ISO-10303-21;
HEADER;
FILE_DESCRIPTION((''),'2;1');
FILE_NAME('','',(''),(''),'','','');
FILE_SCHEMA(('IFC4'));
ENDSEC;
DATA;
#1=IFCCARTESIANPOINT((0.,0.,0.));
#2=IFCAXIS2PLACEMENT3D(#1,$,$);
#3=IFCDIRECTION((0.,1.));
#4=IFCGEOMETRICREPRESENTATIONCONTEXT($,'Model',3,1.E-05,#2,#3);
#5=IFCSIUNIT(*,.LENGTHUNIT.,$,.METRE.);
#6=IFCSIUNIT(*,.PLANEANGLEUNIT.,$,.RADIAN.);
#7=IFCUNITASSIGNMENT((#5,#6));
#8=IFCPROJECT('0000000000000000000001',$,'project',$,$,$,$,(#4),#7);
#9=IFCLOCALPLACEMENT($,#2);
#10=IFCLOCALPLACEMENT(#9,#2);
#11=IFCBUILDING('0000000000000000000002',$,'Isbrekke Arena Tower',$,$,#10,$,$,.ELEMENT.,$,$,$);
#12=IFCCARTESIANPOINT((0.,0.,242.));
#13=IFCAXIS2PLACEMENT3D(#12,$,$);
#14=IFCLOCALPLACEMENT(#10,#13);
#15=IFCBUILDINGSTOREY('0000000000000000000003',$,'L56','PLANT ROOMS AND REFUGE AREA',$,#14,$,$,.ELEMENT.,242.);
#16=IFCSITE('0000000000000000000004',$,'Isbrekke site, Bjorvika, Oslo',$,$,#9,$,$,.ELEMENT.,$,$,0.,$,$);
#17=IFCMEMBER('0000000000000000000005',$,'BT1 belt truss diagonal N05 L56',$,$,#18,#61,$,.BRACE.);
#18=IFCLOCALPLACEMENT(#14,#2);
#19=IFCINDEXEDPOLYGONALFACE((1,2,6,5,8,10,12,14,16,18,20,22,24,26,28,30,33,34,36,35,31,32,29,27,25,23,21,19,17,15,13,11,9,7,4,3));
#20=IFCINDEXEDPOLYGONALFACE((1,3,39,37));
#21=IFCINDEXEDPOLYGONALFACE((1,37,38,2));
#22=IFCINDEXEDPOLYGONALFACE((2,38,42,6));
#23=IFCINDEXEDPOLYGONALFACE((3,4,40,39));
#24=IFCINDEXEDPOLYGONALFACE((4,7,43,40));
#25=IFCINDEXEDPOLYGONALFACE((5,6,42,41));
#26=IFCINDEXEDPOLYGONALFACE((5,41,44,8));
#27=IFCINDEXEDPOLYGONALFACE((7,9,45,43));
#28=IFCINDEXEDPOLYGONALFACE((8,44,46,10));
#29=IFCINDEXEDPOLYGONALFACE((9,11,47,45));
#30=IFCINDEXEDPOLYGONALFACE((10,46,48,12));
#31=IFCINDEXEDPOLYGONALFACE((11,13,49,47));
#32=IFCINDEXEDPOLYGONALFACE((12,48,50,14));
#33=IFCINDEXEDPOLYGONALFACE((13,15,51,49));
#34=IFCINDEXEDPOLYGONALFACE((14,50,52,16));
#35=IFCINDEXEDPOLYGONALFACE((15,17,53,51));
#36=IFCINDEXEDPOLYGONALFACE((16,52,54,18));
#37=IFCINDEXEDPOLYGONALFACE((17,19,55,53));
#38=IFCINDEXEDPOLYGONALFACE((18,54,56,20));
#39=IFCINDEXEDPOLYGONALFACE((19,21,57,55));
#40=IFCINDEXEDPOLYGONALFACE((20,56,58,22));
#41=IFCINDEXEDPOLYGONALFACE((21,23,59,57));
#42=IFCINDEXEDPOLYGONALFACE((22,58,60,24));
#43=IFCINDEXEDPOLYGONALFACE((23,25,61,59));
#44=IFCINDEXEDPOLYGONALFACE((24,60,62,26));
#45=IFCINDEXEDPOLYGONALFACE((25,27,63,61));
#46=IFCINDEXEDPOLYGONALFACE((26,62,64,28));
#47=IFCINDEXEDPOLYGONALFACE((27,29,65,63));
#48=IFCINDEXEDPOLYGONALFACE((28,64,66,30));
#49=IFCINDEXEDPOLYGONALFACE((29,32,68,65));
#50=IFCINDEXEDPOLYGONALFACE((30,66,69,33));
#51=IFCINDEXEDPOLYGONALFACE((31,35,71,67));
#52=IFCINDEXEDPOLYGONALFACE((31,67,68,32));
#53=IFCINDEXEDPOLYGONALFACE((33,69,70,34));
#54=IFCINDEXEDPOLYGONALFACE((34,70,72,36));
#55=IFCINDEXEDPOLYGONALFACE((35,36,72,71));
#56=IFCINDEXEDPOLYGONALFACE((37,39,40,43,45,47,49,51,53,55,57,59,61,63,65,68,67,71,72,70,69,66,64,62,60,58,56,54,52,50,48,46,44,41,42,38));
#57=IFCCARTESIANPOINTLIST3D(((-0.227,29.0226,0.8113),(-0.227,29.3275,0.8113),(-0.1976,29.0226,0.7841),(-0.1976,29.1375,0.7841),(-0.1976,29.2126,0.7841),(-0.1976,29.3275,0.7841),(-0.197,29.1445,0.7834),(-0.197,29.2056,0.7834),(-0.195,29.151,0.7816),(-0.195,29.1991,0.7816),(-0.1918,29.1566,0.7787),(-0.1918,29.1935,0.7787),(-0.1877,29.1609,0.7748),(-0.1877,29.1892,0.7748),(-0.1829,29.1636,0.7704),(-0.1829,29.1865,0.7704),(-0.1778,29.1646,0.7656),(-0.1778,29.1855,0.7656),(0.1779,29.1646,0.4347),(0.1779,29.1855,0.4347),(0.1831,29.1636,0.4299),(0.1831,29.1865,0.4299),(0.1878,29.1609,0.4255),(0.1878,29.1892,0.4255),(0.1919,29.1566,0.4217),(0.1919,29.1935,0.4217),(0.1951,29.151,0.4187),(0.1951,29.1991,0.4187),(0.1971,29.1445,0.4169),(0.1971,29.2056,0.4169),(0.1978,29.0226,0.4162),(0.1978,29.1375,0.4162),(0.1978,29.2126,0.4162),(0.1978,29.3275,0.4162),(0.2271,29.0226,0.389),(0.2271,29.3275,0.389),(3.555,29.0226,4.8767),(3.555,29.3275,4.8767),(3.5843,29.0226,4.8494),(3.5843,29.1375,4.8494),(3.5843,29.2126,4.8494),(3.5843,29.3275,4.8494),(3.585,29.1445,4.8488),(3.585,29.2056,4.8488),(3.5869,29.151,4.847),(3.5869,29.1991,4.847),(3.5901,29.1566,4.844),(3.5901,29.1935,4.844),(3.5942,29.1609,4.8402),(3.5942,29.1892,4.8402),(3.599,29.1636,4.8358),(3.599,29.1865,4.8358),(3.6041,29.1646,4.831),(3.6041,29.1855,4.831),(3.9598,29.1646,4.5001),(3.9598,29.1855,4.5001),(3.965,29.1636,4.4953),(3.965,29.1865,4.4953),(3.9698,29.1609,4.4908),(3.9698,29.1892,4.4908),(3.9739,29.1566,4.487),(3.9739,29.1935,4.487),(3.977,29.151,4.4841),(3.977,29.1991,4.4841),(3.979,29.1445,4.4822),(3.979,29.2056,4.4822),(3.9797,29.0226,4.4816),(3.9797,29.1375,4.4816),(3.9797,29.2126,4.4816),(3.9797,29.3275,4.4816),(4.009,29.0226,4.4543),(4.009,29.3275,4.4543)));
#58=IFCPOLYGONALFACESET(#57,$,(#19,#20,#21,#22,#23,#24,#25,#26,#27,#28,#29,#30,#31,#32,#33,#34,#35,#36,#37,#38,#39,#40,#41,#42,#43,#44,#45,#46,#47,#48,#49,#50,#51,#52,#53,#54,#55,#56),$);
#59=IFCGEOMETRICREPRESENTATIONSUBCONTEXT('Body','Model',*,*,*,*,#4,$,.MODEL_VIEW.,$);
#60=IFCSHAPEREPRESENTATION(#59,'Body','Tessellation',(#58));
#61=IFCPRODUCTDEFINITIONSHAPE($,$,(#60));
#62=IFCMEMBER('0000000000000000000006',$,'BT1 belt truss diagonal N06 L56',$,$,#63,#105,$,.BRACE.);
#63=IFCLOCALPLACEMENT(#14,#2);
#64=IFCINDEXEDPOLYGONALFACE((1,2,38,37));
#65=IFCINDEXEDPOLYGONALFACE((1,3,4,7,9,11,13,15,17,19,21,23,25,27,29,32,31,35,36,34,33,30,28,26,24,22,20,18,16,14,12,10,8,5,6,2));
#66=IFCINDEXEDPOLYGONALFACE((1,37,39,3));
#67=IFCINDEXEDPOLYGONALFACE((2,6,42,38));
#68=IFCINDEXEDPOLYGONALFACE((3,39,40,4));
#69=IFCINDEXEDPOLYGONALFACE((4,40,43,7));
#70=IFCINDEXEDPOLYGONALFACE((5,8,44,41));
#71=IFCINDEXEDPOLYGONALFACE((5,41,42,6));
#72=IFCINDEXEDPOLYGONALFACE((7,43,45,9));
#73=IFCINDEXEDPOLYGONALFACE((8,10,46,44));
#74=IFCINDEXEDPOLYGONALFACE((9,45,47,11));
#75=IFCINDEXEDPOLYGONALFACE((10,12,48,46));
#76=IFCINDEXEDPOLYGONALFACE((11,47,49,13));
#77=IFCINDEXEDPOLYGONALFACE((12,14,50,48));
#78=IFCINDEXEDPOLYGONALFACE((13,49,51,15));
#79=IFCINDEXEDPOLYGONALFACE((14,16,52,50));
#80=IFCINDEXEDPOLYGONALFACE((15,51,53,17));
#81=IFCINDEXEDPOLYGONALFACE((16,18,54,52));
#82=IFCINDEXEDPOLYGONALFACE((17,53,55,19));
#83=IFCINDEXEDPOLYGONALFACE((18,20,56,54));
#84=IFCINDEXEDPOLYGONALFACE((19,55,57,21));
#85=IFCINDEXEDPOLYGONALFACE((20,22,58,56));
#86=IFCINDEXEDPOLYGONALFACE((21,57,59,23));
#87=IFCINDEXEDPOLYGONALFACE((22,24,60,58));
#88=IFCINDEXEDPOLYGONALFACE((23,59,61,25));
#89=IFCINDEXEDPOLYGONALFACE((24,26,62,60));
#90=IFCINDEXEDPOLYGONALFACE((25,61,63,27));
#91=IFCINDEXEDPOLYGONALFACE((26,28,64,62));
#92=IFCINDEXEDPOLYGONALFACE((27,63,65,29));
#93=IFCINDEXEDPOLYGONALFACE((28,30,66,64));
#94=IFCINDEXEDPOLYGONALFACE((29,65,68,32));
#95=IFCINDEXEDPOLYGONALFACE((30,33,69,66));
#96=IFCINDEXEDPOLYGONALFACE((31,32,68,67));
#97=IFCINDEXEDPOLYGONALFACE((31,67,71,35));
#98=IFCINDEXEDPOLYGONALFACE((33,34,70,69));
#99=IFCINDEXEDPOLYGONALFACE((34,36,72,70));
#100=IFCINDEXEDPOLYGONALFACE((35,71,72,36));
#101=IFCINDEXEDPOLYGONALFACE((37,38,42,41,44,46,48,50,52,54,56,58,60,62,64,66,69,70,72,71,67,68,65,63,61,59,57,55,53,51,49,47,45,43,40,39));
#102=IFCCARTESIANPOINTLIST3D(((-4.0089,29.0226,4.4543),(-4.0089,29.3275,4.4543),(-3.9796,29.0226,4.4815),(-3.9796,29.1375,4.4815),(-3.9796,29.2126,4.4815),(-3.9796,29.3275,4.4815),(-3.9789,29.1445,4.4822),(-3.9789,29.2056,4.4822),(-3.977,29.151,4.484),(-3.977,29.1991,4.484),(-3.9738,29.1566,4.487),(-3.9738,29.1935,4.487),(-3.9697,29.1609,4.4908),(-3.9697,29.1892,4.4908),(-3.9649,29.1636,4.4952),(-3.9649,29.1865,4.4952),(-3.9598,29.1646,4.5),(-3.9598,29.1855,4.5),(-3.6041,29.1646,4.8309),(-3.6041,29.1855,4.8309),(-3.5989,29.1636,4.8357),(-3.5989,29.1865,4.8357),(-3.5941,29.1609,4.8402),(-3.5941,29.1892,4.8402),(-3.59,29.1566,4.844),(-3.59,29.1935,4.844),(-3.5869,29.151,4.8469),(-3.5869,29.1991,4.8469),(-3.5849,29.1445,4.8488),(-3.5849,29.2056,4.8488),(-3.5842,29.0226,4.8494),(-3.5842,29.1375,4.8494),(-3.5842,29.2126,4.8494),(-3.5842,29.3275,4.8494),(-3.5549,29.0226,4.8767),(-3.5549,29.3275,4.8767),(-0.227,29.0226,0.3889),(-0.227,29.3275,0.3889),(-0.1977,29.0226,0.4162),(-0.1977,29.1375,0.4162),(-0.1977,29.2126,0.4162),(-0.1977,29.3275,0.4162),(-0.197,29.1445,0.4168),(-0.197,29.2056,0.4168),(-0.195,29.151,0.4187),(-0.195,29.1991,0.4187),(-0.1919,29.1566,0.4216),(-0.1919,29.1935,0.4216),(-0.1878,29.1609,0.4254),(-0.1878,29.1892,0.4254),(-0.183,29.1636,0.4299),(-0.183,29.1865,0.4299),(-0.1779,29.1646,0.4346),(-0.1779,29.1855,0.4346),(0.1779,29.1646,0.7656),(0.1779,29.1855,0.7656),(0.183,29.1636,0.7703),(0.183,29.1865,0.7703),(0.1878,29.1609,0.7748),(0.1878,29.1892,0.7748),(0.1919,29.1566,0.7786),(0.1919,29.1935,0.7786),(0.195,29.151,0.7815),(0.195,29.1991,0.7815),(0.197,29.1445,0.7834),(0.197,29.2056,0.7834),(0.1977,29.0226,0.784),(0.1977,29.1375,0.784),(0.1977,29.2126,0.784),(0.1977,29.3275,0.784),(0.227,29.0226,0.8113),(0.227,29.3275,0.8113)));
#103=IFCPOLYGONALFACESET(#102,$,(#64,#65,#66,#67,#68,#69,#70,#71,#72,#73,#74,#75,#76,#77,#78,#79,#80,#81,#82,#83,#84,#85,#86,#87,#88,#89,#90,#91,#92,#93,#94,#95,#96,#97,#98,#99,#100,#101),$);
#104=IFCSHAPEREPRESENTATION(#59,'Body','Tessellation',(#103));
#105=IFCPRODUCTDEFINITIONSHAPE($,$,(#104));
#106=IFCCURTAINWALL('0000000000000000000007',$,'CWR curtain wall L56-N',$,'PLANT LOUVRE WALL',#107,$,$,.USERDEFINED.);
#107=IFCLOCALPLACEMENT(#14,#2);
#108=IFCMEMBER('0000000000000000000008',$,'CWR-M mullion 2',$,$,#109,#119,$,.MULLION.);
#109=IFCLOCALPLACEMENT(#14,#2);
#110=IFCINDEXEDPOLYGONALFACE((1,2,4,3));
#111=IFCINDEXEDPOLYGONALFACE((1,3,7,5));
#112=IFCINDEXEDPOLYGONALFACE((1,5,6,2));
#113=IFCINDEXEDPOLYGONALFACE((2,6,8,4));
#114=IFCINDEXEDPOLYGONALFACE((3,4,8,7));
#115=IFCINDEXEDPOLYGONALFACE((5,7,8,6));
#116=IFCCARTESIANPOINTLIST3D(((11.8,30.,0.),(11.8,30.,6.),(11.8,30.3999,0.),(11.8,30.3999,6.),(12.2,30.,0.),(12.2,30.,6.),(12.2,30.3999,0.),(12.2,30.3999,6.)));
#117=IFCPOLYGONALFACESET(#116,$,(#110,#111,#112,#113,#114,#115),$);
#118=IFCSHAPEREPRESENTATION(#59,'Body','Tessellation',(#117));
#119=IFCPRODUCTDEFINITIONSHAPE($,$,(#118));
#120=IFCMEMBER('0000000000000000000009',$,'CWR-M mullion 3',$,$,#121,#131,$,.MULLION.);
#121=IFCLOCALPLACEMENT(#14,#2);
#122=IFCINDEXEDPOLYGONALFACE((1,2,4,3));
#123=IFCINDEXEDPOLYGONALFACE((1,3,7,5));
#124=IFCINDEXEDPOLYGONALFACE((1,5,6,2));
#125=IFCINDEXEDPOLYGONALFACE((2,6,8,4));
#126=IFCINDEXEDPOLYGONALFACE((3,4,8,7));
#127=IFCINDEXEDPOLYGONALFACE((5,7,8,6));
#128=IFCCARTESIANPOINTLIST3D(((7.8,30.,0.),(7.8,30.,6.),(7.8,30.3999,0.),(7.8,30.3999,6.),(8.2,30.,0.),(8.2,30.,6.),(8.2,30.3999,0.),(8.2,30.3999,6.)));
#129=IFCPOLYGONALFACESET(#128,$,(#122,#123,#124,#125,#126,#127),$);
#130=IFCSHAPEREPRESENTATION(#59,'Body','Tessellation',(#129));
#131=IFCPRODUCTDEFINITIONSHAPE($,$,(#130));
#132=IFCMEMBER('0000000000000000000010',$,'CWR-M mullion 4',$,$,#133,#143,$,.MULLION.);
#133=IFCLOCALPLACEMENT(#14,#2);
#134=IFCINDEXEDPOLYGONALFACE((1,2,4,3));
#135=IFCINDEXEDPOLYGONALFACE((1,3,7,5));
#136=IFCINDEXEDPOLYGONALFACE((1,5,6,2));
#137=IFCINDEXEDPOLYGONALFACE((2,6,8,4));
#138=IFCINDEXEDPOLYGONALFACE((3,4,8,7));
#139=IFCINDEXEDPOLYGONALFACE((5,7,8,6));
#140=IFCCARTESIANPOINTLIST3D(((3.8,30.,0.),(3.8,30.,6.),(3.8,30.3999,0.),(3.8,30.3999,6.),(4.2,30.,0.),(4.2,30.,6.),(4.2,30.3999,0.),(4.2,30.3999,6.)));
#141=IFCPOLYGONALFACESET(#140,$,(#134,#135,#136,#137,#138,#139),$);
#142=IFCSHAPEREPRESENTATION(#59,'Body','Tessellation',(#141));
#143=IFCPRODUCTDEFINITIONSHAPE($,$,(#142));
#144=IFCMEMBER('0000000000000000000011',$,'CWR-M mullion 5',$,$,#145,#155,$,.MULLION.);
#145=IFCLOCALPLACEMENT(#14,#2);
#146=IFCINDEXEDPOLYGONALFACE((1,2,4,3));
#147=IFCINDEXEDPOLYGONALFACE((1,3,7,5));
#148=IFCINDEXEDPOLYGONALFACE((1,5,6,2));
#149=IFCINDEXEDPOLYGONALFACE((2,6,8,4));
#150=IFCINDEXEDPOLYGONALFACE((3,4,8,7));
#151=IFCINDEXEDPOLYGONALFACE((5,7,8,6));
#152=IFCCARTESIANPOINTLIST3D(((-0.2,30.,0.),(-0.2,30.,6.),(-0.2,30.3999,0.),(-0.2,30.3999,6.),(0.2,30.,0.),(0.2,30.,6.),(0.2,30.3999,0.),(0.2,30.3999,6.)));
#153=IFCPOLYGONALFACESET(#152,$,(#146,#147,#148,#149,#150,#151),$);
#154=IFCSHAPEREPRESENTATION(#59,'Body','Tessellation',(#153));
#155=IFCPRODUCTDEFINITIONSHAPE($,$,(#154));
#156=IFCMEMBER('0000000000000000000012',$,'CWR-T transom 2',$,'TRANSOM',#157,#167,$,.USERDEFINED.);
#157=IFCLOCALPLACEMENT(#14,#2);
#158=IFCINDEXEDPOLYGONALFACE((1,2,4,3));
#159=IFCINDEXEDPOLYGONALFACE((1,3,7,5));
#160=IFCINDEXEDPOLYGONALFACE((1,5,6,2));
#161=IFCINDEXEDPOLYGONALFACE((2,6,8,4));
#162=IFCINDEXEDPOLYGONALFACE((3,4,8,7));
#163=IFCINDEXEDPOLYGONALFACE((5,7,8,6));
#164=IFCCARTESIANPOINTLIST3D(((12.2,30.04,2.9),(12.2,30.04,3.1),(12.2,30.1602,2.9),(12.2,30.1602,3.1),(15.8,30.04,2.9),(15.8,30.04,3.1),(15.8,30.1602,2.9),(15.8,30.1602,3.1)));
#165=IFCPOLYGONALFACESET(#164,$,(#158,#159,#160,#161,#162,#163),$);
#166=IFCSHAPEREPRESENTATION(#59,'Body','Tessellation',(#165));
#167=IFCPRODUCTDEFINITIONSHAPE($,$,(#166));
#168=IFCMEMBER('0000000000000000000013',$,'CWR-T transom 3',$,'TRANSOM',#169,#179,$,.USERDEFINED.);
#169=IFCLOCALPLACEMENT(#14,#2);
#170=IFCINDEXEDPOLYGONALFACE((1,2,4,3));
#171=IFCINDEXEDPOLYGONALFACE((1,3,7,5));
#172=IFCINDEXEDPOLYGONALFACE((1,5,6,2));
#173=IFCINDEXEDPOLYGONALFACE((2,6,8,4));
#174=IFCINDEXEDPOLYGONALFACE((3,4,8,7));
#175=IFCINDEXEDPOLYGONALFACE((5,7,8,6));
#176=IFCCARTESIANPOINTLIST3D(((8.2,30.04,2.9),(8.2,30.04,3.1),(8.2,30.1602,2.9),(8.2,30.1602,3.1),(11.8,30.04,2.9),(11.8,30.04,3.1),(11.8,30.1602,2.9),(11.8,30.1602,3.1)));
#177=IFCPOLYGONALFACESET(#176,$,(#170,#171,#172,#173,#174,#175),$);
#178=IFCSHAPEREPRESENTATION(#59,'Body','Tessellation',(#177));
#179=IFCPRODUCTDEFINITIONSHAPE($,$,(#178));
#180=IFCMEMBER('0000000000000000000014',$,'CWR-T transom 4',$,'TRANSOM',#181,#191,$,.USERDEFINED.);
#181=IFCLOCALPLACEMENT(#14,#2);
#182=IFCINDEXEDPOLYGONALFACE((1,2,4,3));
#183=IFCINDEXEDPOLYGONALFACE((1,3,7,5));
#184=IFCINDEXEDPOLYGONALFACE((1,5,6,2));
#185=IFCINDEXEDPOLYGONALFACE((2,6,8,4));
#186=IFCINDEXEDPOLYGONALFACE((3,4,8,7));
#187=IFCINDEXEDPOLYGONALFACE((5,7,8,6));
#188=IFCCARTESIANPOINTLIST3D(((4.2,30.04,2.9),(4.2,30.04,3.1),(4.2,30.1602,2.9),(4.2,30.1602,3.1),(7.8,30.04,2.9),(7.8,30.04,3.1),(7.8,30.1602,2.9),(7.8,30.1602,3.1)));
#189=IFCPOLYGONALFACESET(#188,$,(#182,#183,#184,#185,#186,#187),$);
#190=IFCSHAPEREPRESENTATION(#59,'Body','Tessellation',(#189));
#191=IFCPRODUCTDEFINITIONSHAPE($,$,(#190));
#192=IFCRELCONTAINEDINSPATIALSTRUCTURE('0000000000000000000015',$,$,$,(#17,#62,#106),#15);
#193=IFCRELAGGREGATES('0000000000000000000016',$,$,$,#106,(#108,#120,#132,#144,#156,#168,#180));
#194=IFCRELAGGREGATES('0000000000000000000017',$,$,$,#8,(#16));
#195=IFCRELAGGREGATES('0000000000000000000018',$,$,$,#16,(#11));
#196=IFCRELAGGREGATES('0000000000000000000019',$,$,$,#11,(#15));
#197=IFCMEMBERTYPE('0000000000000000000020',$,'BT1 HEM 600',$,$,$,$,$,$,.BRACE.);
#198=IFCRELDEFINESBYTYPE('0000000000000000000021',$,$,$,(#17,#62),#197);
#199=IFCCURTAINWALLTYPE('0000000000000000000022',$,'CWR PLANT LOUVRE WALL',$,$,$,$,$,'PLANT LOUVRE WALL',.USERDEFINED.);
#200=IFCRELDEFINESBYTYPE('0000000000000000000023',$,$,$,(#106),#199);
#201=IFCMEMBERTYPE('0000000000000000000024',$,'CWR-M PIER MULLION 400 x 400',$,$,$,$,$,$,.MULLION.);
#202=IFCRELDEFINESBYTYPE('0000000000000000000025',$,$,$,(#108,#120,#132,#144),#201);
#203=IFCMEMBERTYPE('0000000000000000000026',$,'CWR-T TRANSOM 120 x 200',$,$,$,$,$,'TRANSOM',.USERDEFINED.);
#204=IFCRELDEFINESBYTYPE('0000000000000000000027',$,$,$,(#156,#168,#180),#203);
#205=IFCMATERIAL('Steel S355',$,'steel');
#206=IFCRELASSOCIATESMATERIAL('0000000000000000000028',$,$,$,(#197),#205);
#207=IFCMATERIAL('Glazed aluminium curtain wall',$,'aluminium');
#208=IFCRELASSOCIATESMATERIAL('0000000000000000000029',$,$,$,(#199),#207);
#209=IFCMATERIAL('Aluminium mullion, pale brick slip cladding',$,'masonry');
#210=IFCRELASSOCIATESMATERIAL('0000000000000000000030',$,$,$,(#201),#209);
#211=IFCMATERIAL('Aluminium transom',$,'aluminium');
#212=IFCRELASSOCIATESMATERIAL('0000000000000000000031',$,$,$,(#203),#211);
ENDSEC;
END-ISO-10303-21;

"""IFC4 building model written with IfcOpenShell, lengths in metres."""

from ifc_helpers import new_model, si_unit, direction, frame, origin, origin_2d, place, context, subcontext, project, spatial, rectangle, i_section, extrude, material, material_profile, profile_set, type_object, element, aggregate, save


model = new_model("IFC4")

# Units and contexts
model_context = context("Model", 3, precision=1e-05, world=origin(), true_north=direction((0.0, 1.0)))
body_context = subcontext(model_context, "Body", "Model", "MODEL_VIEW")
ifc_project = project(units=[si_unit("LENGTHUNIT", "METRE"), si_unit("PLANEANGLEUNIT", "RADIAN")], contexts=[model_context])

# Site, building, storey
site_placement = place(None, origin())
site = spatial("IfcSite", under=ifc_project, at=site_placement, Name="Isbrekke site, Bjorvika, Oslo", CompositionType="ELEMENT", RefElevation=0.0)
building_placement = place(site_placement, origin())
building = spatial("IfcBuilding", under=site, at=building_placement, Name="Isbrekke Arena Tower", CompositionType="ELEMENT")
storey_placement = place(building_placement, frame((0.0, 0.0, 242.0)))
storey = spatial("IfcBuildingStorey", under=building, at=storey_placement, Name="L56", Description="PLANT ROOMS AND REFUGE AREA", CompositionType="ELEMENT", Elevation=242.0)

# Members
ifc_material_1 = material(Name="Steel S355", Category="steel")
ifc_material_profile_1 = material_profile(ifc_material_1, i_section(OverallWidth=0.3049, OverallDepth=0.6201, WebThickness=0.021, FlangeThickness=0.04, FilletRadius=0.0271, at=origin_2d()), Name="HEM 600")
ifc_profile_set_1 = profile_set([ifc_material_profile_1], Name="Steel S355")
member_type_1 = type_object("IfcMemberType", Name="BT1 HEM 600", PredefinedType="BRACE", material=ifc_profile_set_1)
for number, where, z_axis, x_axis, name in (
    (1, (3.782, 29.175, 4.6655), (-0.681122, 0.0, -0.73217), (0.0, -1.0, 0.0), "BT1 belt truss diagonal N05 L56"),
    (2, (0.0, 29.175, 0.6001), (-0.681122, 0.0, 0.73217), (0.0, -1.0, 0.0), "BT1 belt truss diagonal N06 L56"),
):
    element("IfcMember", number, at=place(storey_placement, frame(where, z_axis=z_axis, x_axis=x_axis)), inside=storey, type_object=member_type_1, Name=name, PredefinedType="BRACE", context=body_context, shape_type="SweptSolid", body=[
        extrude(i_section(OverallWidth=0.3049, OverallDepth=0.6201, WebThickness=0.021, FlangeThickness=0.04, FilletRadius=0.0271, at=origin_2d()), origin(), (0.0, 0.0, 1.0), 5.5525),
    ])

# Curtain wall, members
ifc_material_2 = material(Name="Glazed aluminium curtain wall", Category="aluminium")
curtain_wall_type = type_object("IfcCurtainWallType", Name="CWR PLANT LOUVRE WALL", ElementType="PLANT LOUVRE WALL", PredefinedType="USERDEFINED", material=ifc_material_2)
curtain_wall_placement = place(storey_placement, origin())
curtain_wall = element("IfcCurtainWall", 3, at=curtain_wall_placement, inside=storey, type_object=curtain_wall_type, Name="CWR curtain wall L56-N", ObjectType="PLANT LOUVRE WALL", PredefinedType="USERDEFINED")
ifc_material_3 = material(Name="Aluminium mullion, pale brick slip cladding", Category="masonry")
ifc_material_profile_2 = material_profile(ifc_material_3, rectangle(XDim=0.3999, YDim=0.3999, at=origin_2d()), Name="PIER 400X400")
ifc_profile_set_2 = profile_set([ifc_material_profile_2], Name="Aluminium mullion, pale brick slip cladding")
member_type_2 = type_object("IfcMemberType", Name="CWR-M PIER MULLION 400 x 400", PredefinedType="MULLION", material=ifc_profile_set_2)
member_1_placement = place(storey_placement, frame((12.0, 30.2, 0.0), z_axis=(0.0, 0.0, 1.0), x_axis=(-1.0, 0.0, 0.0)))
member_1 = element("IfcMember", 4, at=member_1_placement, type_object=member_type_2, Name="CWR-M mullion 2", PredefinedType="MULLION", context=body_context, shape_type="SweptSolid", body=[
    extrude(rectangle(XDim=0.3999, YDim=0.3999, at=origin_2d()), origin(), (0.0, 0.0, 1.0), 6.0),
])
member_2_placement = place(storey_placement, frame((8.0, 30.2, 0.0), z_axis=(0.0, 0.0, 1.0), x_axis=(-1.0, 0.0, 0.0)))
member_2 = element("IfcMember", 5, at=member_2_placement, type_object=member_type_2, Name="CWR-M mullion 3", PredefinedType="MULLION", context=body_context, shape_type="SweptSolid", body=[
    extrude(rectangle(XDim=0.3999, YDim=0.3999, at=origin_2d()), origin(), (0.0, 0.0, 1.0), 6.0),
])
member_3_placement = place(storey_placement, frame((4.0, 30.2, 0.0), z_axis=(0.0, 0.0, 1.0), x_axis=(-1.0, 0.0, 0.0)))
member_3 = element("IfcMember", 6, at=member_3_placement, type_object=member_type_2, Name="CWR-M mullion 4", PredefinedType="MULLION", context=body_context, shape_type="SweptSolid", body=[
    extrude(rectangle(XDim=0.3999, YDim=0.3999, at=origin_2d()), origin(), (0.0, 0.0, 1.0), 6.0),
])
member_4_placement = place(storey_placement, frame((0.0, 30.2, 0.0), z_axis=(0.0, 0.0, 1.0), x_axis=(-1.0, 0.0, 0.0)))
member_4 = element("IfcMember", 7, at=member_4_placement, type_object=member_type_2, Name="CWR-M mullion 5", PredefinedType="MULLION", context=body_context, shape_type="SweptSolid", body=[
    extrude(rectangle(XDim=0.3999, YDim=0.3999, at=origin_2d()), origin(), (0.0, 0.0, 1.0), 6.0),
])
ifc_material_4 = material(Name="Aluminium transom", Category="aluminium")
ifc_material_profile_3 = material_profile(ifc_material_4, rectangle(XDim=0.1201, YDim=0.2, at=origin_2d()), Name="TRANSOM 120X200")
ifc_profile_set_3 = profile_set([ifc_material_profile_3], Name="Aluminium transom")
member_type_3 = type_object("IfcMemberType", Name="CWR-T TRANSOM 120 x 200", ElementType="TRANSOM", PredefinedType="USERDEFINED", material=ifc_profile_set_3)
member_5_placement = place(storey_placement, frame((15.8, 30.1001, 3.0), z_axis=(-1.0, 0.0, 0.0), x_axis=(0.0, -1.0, 0.0)))
member_5 = element("IfcMember", 8, at=member_5_placement, type_object=member_type_3, Name="CWR-T transom 2", ObjectType="TRANSOM", PredefinedType="USERDEFINED", context=body_context, shape_type="SweptSolid", body=[
    extrude(rectangle(XDim=0.1201, YDim=0.2, at=origin_2d()), origin(), (0.0, 0.0, 1.0), 3.6001),
])
member_6_placement = place(storey_placement, frame((11.8, 30.1001, 3.0), z_axis=(-1.0, 0.0, 0.0), x_axis=(0.0, -1.0, 0.0)))
member_6 = element("IfcMember", 9, at=member_6_placement, type_object=member_type_3, Name="CWR-T transom 3", ObjectType="TRANSOM", PredefinedType="USERDEFINED", context=body_context, shape_type="SweptSolid", body=[
    extrude(rectangle(XDim=0.1201, YDim=0.2, at=origin_2d()), origin(), (0.0, 0.0, 1.0), 3.6001),
])
member_7_placement = place(storey_placement, frame((7.8, 30.1001, 3.0), z_axis=(-1.0, 0.0, 0.0), x_axis=(0.0, -1.0, 0.0)))
member_7 = element("IfcMember", 10, at=member_7_placement, type_object=member_type_3, Name="CWR-T transom 4", ObjectType="TRANSOM", PredefinedType="USERDEFINED", context=body_context, shape_type="SweptSolid", body=[
    extrude(rectangle(XDim=0.1201, YDim=0.2, at=origin_2d()), origin(), (0.0, 0.0, 1.0), 3.6001),
])

aggregate(curtain_wall, [member_1, member_2, member_3, member_4, member_5, member_6, member_7])

save(model, "model.ifc")
